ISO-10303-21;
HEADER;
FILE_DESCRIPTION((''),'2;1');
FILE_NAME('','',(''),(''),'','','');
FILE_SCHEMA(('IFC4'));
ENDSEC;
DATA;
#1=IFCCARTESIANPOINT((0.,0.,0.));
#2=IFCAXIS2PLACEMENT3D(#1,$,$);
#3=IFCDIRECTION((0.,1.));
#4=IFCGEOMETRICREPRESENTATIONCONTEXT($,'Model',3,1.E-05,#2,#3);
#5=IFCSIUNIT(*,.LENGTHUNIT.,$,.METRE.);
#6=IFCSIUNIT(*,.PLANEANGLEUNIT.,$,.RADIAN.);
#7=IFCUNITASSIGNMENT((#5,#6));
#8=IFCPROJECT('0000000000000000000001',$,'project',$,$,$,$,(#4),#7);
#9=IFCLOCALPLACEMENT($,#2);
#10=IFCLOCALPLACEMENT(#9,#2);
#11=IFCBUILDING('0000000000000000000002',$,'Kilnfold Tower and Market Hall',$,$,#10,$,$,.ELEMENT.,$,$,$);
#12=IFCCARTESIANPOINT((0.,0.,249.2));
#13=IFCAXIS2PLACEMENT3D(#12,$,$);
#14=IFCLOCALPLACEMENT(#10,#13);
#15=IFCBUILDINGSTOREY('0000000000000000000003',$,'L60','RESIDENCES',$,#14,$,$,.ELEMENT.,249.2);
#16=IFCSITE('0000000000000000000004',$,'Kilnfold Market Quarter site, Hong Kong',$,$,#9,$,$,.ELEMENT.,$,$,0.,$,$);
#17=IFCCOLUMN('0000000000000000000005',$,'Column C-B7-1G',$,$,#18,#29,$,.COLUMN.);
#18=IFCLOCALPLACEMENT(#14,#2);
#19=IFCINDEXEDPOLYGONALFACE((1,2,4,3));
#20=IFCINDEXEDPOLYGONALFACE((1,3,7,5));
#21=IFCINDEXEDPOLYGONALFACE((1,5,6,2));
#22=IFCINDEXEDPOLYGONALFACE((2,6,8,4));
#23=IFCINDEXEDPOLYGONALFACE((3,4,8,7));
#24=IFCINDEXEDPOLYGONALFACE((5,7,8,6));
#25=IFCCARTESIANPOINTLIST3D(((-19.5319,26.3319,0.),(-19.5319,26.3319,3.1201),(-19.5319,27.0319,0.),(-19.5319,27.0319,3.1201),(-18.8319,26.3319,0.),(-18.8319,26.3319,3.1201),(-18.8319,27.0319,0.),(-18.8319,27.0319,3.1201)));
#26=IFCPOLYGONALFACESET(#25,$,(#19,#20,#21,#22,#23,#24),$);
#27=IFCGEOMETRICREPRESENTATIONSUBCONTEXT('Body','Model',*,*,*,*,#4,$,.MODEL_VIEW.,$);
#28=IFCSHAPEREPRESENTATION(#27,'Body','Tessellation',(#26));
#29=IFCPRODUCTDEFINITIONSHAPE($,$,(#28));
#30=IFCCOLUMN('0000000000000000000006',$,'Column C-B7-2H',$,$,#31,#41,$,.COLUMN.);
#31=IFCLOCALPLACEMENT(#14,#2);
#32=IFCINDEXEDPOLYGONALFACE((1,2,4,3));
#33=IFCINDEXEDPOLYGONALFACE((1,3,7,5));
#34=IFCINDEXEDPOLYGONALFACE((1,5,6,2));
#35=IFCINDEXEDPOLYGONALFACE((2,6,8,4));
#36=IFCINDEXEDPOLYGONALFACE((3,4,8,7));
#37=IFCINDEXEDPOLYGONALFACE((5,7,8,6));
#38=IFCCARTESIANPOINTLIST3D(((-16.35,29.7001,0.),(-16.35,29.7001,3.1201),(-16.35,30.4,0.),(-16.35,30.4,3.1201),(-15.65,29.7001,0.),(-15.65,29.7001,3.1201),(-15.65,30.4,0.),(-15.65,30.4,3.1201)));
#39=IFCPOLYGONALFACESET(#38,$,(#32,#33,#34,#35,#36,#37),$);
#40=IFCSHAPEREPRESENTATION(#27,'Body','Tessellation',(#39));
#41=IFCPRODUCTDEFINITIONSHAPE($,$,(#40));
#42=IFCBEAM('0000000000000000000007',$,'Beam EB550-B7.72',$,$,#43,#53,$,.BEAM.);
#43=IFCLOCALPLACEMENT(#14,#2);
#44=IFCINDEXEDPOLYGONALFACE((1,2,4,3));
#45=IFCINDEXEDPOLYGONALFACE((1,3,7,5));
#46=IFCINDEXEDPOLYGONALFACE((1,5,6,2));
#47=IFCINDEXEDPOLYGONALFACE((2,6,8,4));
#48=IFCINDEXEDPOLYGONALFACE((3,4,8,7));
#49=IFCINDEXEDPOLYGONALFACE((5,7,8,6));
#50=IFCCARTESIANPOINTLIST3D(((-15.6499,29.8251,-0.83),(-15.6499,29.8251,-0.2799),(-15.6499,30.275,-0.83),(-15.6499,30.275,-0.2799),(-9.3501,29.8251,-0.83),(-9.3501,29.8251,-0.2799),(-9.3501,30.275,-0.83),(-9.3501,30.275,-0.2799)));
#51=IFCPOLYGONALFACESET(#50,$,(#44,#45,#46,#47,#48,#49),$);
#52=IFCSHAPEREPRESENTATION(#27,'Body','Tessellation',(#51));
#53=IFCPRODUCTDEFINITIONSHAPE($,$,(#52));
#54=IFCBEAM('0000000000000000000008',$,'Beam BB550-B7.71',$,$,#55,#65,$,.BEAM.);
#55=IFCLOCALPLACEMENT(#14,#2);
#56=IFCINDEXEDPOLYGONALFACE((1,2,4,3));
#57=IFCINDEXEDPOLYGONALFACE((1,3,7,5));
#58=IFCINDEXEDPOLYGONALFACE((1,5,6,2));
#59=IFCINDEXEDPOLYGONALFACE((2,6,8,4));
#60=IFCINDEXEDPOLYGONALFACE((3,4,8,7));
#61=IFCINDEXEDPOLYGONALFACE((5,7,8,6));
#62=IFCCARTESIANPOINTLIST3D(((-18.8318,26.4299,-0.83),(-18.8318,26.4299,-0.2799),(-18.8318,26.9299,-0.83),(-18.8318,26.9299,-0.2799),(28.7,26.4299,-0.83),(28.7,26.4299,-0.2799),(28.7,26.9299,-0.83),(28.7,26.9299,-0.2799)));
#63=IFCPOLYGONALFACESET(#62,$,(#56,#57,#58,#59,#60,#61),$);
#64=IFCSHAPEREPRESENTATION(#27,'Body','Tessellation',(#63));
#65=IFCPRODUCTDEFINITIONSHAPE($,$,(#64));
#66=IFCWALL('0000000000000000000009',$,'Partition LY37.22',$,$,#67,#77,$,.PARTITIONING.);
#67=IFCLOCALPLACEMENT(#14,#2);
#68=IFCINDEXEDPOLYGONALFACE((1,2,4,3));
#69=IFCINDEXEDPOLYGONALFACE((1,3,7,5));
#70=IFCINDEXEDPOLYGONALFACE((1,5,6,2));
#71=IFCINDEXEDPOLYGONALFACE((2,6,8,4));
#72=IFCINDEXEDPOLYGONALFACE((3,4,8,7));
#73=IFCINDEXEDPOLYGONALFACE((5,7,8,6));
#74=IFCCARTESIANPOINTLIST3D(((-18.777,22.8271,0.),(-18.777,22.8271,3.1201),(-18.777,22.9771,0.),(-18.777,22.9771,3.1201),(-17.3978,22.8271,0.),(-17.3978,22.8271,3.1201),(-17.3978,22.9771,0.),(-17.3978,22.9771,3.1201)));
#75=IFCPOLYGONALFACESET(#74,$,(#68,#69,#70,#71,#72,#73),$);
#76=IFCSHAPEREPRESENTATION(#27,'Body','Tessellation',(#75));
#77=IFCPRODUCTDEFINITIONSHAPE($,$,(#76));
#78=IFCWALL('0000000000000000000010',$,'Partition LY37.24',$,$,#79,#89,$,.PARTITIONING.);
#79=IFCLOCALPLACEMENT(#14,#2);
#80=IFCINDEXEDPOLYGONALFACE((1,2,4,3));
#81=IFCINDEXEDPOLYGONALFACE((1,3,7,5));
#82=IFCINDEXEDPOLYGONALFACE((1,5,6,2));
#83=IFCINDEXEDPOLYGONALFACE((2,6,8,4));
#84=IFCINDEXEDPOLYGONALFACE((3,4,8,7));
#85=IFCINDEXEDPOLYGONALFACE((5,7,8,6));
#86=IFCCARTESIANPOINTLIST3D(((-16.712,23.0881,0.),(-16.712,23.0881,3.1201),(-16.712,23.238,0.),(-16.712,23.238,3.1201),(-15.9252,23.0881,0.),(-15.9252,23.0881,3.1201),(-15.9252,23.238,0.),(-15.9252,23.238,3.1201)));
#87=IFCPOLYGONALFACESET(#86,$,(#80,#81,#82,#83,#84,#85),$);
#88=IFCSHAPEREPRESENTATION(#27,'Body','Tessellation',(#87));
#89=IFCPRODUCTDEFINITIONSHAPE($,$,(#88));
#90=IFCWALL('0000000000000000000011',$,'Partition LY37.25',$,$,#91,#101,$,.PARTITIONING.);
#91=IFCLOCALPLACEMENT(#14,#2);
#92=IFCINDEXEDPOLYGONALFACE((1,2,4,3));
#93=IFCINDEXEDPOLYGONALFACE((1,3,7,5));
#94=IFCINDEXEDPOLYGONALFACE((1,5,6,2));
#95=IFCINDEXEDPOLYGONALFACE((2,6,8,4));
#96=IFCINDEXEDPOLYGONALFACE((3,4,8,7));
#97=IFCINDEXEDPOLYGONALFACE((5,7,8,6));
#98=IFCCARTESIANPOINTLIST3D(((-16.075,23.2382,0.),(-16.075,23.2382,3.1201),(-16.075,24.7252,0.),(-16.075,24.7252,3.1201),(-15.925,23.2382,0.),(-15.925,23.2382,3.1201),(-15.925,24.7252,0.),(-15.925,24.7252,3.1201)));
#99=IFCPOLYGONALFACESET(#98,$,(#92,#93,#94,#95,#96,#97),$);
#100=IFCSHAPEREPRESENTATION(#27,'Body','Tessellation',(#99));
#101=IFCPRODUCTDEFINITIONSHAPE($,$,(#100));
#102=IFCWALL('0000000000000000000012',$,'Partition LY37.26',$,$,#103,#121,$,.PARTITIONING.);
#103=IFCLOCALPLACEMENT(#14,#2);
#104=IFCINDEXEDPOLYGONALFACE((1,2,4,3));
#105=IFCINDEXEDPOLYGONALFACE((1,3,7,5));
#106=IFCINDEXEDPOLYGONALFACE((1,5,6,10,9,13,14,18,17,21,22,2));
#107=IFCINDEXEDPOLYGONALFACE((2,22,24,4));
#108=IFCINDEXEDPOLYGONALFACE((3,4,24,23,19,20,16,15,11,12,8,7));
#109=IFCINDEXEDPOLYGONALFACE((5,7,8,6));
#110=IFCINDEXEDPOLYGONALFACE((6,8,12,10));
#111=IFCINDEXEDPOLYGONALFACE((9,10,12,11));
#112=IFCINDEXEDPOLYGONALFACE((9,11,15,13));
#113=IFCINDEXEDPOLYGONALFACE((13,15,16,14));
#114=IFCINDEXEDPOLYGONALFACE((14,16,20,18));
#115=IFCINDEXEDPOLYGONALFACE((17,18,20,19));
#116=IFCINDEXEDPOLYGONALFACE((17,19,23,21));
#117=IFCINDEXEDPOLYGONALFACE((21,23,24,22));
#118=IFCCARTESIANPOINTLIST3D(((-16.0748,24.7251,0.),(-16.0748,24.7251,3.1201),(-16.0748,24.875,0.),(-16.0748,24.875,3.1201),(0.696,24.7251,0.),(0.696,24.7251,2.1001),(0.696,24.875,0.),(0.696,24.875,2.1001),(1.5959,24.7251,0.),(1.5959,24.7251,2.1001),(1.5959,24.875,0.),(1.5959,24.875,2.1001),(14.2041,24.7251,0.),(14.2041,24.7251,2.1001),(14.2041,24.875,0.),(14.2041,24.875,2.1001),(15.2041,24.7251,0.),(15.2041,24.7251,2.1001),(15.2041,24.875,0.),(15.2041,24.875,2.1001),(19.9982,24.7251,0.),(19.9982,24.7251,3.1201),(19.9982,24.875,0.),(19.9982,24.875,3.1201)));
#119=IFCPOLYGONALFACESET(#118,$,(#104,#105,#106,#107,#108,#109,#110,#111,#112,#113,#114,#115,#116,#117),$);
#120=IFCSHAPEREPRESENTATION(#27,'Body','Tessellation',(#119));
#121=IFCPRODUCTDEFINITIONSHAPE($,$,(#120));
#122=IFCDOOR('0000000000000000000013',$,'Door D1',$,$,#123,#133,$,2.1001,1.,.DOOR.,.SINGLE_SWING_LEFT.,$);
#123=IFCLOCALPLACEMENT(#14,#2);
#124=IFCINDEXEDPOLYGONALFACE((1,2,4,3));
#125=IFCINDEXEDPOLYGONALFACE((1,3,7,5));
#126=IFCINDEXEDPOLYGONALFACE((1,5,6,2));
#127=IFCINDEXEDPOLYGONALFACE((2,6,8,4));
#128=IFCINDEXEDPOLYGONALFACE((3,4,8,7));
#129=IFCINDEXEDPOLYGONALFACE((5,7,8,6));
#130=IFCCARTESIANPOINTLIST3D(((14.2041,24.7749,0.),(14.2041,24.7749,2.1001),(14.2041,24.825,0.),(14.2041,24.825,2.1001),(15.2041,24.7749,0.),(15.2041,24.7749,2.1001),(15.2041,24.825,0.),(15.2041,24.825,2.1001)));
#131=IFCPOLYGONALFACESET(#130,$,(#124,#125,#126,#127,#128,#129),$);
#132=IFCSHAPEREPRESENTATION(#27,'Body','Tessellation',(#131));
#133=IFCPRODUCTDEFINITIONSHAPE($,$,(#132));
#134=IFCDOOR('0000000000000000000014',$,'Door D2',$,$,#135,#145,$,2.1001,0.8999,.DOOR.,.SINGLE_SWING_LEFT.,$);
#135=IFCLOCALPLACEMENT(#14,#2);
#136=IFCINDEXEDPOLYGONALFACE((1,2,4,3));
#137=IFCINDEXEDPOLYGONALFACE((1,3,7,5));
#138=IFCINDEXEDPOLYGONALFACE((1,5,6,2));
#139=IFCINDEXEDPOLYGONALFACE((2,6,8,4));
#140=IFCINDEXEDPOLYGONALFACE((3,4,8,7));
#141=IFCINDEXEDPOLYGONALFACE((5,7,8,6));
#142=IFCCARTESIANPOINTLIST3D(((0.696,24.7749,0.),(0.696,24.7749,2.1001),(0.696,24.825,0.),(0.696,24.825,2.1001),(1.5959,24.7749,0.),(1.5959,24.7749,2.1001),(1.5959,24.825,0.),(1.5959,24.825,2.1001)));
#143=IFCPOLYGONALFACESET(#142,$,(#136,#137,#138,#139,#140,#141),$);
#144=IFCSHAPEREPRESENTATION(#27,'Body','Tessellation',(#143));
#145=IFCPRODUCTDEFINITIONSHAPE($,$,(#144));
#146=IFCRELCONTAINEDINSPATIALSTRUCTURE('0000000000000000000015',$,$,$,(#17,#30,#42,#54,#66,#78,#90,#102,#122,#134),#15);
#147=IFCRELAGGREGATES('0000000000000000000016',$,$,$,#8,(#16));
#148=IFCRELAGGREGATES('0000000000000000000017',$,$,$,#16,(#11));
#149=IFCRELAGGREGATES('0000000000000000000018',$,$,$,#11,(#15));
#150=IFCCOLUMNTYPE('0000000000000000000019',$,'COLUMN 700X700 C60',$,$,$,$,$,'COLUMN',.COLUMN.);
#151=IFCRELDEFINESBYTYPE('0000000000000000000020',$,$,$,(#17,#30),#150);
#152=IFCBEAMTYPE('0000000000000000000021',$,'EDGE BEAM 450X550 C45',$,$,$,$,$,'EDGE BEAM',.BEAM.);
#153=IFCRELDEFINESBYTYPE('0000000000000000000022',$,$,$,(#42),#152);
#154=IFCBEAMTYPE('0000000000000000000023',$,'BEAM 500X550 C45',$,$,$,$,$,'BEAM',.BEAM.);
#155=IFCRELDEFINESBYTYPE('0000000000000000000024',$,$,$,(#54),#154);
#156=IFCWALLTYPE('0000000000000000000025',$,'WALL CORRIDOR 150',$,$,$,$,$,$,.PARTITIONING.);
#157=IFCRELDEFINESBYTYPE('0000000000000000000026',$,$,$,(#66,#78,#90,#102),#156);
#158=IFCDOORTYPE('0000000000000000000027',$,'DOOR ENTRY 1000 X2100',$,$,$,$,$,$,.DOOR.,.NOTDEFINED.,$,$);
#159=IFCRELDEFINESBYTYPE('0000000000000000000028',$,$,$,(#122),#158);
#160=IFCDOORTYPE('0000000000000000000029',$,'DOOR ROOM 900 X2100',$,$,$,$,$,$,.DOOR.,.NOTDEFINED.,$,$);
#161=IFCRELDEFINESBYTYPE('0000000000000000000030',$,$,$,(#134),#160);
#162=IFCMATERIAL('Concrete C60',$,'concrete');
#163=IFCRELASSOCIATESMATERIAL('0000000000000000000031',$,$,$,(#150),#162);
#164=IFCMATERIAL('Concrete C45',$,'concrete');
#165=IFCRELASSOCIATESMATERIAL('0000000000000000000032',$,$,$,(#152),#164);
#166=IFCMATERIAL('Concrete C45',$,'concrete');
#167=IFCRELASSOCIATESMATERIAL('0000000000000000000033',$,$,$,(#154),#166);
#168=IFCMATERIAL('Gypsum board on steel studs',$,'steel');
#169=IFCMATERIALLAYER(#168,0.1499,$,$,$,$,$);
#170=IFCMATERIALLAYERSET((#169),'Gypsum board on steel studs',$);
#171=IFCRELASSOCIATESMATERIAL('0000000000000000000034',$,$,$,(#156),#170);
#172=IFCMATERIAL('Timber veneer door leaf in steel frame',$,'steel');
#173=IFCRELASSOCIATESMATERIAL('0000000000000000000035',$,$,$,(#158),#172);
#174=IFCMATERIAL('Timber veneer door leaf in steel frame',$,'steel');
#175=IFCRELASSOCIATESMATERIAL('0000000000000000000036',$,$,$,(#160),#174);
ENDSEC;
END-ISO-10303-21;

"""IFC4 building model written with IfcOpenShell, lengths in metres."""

from ifc_helpers import new_model, si_unit, direction, frame, frame_2d, origin, origin_2d, place, context, subcontext, project, spatial, rectangle, extrude, source, transform, mapped, material, layer, layer_set, material_profile, profile_set, type_object, element, fill, save


model = new_model("IFC4")

# Units and contexts
model_context = context("Model", 3, precision=1e-05, world=origin(), true_north=direction((0.0, 1.0)))
body_context = subcontext(model_context, "Body", "Model", "MODEL_VIEW")
ifc_project = project(units=[si_unit("LENGTHUNIT", "METRE"), si_unit("PLANEANGLEUNIT", "RADIAN")], contexts=[model_context])

# Site, building, storey
site_placement = place(None, origin())
site = spatial("IfcSite", under=ifc_project, at=site_placement, Name="Kilnfold Market Quarter site, Hong Kong", CompositionType="ELEMENT", RefElevation=0.0)
building_placement = place(site_placement, origin())
building = spatial("IfcBuilding", under=site, at=building_placement, Name="Kilnfold Tower and Market Hall", CompositionType="ELEMENT")
storey_placement = place(building_placement, frame((0.0, 0.0, 249.2)))
storey = spatial("IfcBuildingStorey", under=building, at=storey_placement, Name="L60", Description="RESIDENCES", CompositionType="ELEMENT", Elevation=249.2)

# Columns
ifc_material_1 = material(Name="Concrete C60", Category="concrete")
ifc_material_profile_1 = material_profile(ifc_material_1, rectangle(XDim=0.7, YDim=0.7, at=origin_2d()), Name="RC 700x700")
ifc_profile_set_1 = profile_set([ifc_material_profile_1], Name="Concrete C60")
column_type = type_object("IfcColumnType", Name="COLUMN 700X700 C60", ElementType="COLUMN", PredefinedType="COLUMN", material=ifc_profile_set_1)
shared_shape_1 = source(origin(), body_context, "Body", "SweptSolid", [
    extrude(rectangle(XDim=0.7, YDim=0.7, at=origin_2d()), origin(), (0.0, 0.0, 1.0), 3.1201),
])
for number, where, z_axis, x_axis, name in (
    (1, (-19.1819, 26.6819, 0.0), (0.0, 0.0, 1.0), (1.0, 0.0, 0.0), "Column C-B7-1G"),
    (2, (-16.0, 30.05, 0.0), (0.0, 0.0, 1.0), (1.0, 0.0, 0.0), "Column C-B7-2H"),
):
    element("IfcColumn", number, at=place(storey_placement, frame(where, z_axis=z_axis, x_axis=x_axis)), inside=storey, type_object=column_type, Name=name, PredefinedType="COLUMN", context=body_context, shape_type="MappedRepresentation", body=[
        mapped(shared_shape_1, transform((0.0, 0.0, 0.0))),
    ])

# Beams
ifc_material_2 = material(Name="Concrete C45", Category="concrete")
ifc_material_profile_2 = material_profile(ifc_material_2, rectangle(XDim=0.45, YDim=0.55, at=origin_2d()), Name="RC 450x550")
ifc_profile_set_2 = profile_set([ifc_material_profile_2], Name="Concrete C45")
beam_type_1 = type_object("IfcBeamType", Name="EDGE BEAM 450X550 C45", ElementType="EDGE BEAM", PredefinedType="BEAM", material=ifc_profile_set_2)
shared_shape_2 = source(origin(), body_context, "Body", "SweptSolid", [
    extrude(rectangle(XDim=0.45, YDim=0.55, at=origin_2d()), origin(), (0.0, 0.0, 1.0), 6.2998),
])
beam_1_placement = place(storey_placement, frame((-15.6499, 30.05, -0.5549), z_axis=(1.0, 0.0, 0.0), x_axis=(0.0, 1.0, 0.0)))
element("IfcBeam", 3, at=beam_1_placement, inside=storey, type_object=beam_type_1, Name="Beam EB550-B7.72", PredefinedType="BEAM", context=body_context, shape_type="MappedRepresentation", body=[
    mapped(shared_shape_2, transform((0.0, 0.0, 0.0))),
])
ifc_material_3 = material(Name="Concrete C45", Category="concrete")
ifc_material_profile_3 = material_profile(ifc_material_3, rectangle(XDim=0.5, YDim=0.55, at=origin_2d()), Name="RC 500x550")
ifc_profile_set_3 = profile_set([ifc_material_profile_3], Name="Concrete C45")
beam_type_2 = type_object("IfcBeamType", Name="BEAM 500X550 C45", ElementType="BEAM", PredefinedType="BEAM", material=ifc_profile_set_3)
shared_shape_3 = source(origin(), body_context, "Body", "SweptSolid", [
    extrude(rectangle(XDim=0.5, YDim=0.55, at=origin_2d()), origin(), (0.0, 0.0, 1.0), 47.5317),
])
beam_2_placement = place(storey_placement, frame((-18.8318, 26.6799, -0.5549), z_axis=(1.0, 0.0, 0.0), x_axis=(0.0, 1.0, 0.0)))
element("IfcBeam", 4, at=beam_2_placement, inside=storey, type_object=beam_type_2, Name="Beam BB550-B7.71", PredefinedType="BEAM", context=body_context, shape_type="MappedRepresentation", body=[
    mapped(shared_shape_3, transform((0.0, 0.0, 0.0))),
])

# Walls
ifc_material_4 = material(Name="Gypsum board on steel studs", Category="steel")
ifc_layer_1 = layer(ifc_material_4, 0.1499)
ifc_layer_set_1 = layer_set([ifc_layer_1], Name="Gypsum board on steel studs")
wall_type_1 = type_object("IfcWallType", Name="WALL CORRIDOR 150", PredefinedType="PARTITIONING", material=ifc_layer_set_1)
wall_1_placement = place(storey_placement, frame((-17.3979, 22.9021, 0.0), z_axis=(0.0, 0.0, 1.0), x_axis=(-1.0, 0.0, 0.0)))
element("IfcWall", 5, at=wall_1_placement, inside=storey, type_object=wall_type_1, Name="Partition LY37.22", PredefinedType="PARTITIONING", context=body_context, shape_type="SweptSolid", body=[
    extrude(rectangle(XDim=1.3792, YDim=0.1499, at=frame_2d((0.6895, 0.0))), origin(), (0.0, 0.0, 1.0), 3.1201),
])
wall_2_placement = place(storey_placement, frame((-15.925, 23.1631, 0.0), z_axis=(0.0, 0.0, 1.0), x_axis=(-1.0, 0.0, 0.0)))
element("IfcWall", 6, at=wall_2_placement, inside=storey, type_object=wall_type_1, Name="Partition LY37.24", PredefinedType="PARTITIONING", context=body_context, shape_type="SweptSolid", body=[
    extrude(rectangle(XDim=0.7869, YDim=0.1499, at=frame_2d((0.3936, 0.0))), origin(), (0.0, 0.0, 1.0), 3.1201),
])
wall_3_placement = place(storey_placement, frame((-16.0, 23.238, 0.0), z_axis=(0.0, 0.0, 1.0), x_axis=(0.0, 1.0, 0.0)))
element("IfcWall", 7, at=wall_3_placement, inside=storey, type_object=wall_type_1, Name="Partition LY37.25", PredefinedType="PARTITIONING", context=body_context, shape_type="SweptSolid", body=[
    extrude(rectangle(XDim=1.4871, YDim=0.1499, at=frame_2d((0.7437, 0.0))), origin(), (0.0, 0.0, 1.0), 3.1201),
])

# Wall, openings, doors
wall_4_placement = place(storey_placement, frame((-16.075, 24.8, 0.0), z_axis=(0.0, 0.0, 1.0), x_axis=(1.0, 0.0, 0.0)))
wall_4 = element("IfcWall", 8, at=wall_4_placement, inside=storey, type_object=wall_type_1, Name="Partition LY37.26", PredefinedType="PARTITIONING", context=body_context, shape_type="SweptSolid", body=[
    extrude(rectangle(XDim=36.073, YDim=0.1499, at=frame_2d((18.0366, 0.0))), origin(), (0.0, 0.0, 1.0), 3.1201),
])
opening_1_placement = place(wall_4_placement, frame((16.771, 0.0, 0.0)))
opening_1 = element("IfcOpeningElement", 9, at=opening_1_placement, cuts=wall_4, PredefinedType="OPENING", context=body_context, shape_type="SweptSolid", body=[
    extrude(rectangle(XDim=0.8999, YDim=2.1001, at=frame_2d((0.45, 1.05))), frame((0.0, 0.085, 0.0), z_axis=(0.0, -1.0, 0.0), x_axis=(1.0, 0.0, 0.0)), (0.0, 0.0, 1.0), 0.1699),
])
opening_2_placement = place(wall_4_placement, frame((30.2791, 0.0, 0.0)))
opening_2 = element("IfcOpeningElement", 10, at=opening_2_placement, cuts=wall_4, PredefinedType="OPENING", context=body_context, shape_type="SweptSolid", body=[
    extrude(rectangle(XDim=1.0, YDim=2.1001, at=frame_2d((0.5, 1.05))), frame((0.0, 0.085, 0.0), z_axis=(0.0, -1.0, 0.0), x_axis=(1.0, 0.0, 0.0)), (0.0, 0.0, 1.0), 0.1699),
])
ifc_material_5 = material(Name="Timber veneer door leaf in steel frame", Category="steel")
door_type_1 = type_object("IfcDoorType", Name="DOOR ENTRY 1000 X2100", OperationType="NOTDEFINED", PredefinedType="DOOR", material=ifc_material_5)
door_1_placement = place(opening_2_placement, origin())
door_1 = element("IfcDoor", 11, at=door_1_placement, inside=storey, type_object=door_type_1, Name="Door D1", OperationType="SINGLE_SWING_LEFT", OverallHeight=2.1001, OverallWidth=1.0, PredefinedType="DOOR", context=body_context, shape_type="SweptSolid", body=[
    extrude(rectangle(XDim=1.0, YDim=2.1001, at=frame_2d((0.5, 1.05))), frame((0.0, 0.0249, 0.0), z_axis=(0.0, -1.0, 0.0), x_axis=(1.0, 0.0, 0.0)), (0.0, 0.0, 1.0), 0.05),
])
fill(opening_2, door_1)
ifc_material_6 = material(Name="Timber veneer door leaf in steel frame", Category="steel")
door_type_2 = type_object("IfcDoorType", Name="DOOR ROOM 900 X2100", OperationType="NOTDEFINED", PredefinedType="DOOR", material=ifc_material_6)
door_2_placement = place(opening_1_placement, origin())
door_2 = element("IfcDoor", 12, at=door_2_placement, inside=storey, type_object=door_type_2, Name="Door D2", OperationType="SINGLE_SWING_LEFT", OverallHeight=2.1001, OverallWidth=0.8999, PredefinedType="DOOR", context=body_context, shape_type="SweptSolid", body=[
    extrude(rectangle(XDim=0.8999, YDim=2.1001, at=frame_2d((0.45, 1.05))), frame((0.0, 0.0249, 0.0), z_axis=(0.0, -1.0, 0.0), x_axis=(1.0, 0.0, 0.0)), (0.0, 0.0, 1.0), 0.05),
])
fill(opening_1, door_2)

save(model, "model.ifc")
